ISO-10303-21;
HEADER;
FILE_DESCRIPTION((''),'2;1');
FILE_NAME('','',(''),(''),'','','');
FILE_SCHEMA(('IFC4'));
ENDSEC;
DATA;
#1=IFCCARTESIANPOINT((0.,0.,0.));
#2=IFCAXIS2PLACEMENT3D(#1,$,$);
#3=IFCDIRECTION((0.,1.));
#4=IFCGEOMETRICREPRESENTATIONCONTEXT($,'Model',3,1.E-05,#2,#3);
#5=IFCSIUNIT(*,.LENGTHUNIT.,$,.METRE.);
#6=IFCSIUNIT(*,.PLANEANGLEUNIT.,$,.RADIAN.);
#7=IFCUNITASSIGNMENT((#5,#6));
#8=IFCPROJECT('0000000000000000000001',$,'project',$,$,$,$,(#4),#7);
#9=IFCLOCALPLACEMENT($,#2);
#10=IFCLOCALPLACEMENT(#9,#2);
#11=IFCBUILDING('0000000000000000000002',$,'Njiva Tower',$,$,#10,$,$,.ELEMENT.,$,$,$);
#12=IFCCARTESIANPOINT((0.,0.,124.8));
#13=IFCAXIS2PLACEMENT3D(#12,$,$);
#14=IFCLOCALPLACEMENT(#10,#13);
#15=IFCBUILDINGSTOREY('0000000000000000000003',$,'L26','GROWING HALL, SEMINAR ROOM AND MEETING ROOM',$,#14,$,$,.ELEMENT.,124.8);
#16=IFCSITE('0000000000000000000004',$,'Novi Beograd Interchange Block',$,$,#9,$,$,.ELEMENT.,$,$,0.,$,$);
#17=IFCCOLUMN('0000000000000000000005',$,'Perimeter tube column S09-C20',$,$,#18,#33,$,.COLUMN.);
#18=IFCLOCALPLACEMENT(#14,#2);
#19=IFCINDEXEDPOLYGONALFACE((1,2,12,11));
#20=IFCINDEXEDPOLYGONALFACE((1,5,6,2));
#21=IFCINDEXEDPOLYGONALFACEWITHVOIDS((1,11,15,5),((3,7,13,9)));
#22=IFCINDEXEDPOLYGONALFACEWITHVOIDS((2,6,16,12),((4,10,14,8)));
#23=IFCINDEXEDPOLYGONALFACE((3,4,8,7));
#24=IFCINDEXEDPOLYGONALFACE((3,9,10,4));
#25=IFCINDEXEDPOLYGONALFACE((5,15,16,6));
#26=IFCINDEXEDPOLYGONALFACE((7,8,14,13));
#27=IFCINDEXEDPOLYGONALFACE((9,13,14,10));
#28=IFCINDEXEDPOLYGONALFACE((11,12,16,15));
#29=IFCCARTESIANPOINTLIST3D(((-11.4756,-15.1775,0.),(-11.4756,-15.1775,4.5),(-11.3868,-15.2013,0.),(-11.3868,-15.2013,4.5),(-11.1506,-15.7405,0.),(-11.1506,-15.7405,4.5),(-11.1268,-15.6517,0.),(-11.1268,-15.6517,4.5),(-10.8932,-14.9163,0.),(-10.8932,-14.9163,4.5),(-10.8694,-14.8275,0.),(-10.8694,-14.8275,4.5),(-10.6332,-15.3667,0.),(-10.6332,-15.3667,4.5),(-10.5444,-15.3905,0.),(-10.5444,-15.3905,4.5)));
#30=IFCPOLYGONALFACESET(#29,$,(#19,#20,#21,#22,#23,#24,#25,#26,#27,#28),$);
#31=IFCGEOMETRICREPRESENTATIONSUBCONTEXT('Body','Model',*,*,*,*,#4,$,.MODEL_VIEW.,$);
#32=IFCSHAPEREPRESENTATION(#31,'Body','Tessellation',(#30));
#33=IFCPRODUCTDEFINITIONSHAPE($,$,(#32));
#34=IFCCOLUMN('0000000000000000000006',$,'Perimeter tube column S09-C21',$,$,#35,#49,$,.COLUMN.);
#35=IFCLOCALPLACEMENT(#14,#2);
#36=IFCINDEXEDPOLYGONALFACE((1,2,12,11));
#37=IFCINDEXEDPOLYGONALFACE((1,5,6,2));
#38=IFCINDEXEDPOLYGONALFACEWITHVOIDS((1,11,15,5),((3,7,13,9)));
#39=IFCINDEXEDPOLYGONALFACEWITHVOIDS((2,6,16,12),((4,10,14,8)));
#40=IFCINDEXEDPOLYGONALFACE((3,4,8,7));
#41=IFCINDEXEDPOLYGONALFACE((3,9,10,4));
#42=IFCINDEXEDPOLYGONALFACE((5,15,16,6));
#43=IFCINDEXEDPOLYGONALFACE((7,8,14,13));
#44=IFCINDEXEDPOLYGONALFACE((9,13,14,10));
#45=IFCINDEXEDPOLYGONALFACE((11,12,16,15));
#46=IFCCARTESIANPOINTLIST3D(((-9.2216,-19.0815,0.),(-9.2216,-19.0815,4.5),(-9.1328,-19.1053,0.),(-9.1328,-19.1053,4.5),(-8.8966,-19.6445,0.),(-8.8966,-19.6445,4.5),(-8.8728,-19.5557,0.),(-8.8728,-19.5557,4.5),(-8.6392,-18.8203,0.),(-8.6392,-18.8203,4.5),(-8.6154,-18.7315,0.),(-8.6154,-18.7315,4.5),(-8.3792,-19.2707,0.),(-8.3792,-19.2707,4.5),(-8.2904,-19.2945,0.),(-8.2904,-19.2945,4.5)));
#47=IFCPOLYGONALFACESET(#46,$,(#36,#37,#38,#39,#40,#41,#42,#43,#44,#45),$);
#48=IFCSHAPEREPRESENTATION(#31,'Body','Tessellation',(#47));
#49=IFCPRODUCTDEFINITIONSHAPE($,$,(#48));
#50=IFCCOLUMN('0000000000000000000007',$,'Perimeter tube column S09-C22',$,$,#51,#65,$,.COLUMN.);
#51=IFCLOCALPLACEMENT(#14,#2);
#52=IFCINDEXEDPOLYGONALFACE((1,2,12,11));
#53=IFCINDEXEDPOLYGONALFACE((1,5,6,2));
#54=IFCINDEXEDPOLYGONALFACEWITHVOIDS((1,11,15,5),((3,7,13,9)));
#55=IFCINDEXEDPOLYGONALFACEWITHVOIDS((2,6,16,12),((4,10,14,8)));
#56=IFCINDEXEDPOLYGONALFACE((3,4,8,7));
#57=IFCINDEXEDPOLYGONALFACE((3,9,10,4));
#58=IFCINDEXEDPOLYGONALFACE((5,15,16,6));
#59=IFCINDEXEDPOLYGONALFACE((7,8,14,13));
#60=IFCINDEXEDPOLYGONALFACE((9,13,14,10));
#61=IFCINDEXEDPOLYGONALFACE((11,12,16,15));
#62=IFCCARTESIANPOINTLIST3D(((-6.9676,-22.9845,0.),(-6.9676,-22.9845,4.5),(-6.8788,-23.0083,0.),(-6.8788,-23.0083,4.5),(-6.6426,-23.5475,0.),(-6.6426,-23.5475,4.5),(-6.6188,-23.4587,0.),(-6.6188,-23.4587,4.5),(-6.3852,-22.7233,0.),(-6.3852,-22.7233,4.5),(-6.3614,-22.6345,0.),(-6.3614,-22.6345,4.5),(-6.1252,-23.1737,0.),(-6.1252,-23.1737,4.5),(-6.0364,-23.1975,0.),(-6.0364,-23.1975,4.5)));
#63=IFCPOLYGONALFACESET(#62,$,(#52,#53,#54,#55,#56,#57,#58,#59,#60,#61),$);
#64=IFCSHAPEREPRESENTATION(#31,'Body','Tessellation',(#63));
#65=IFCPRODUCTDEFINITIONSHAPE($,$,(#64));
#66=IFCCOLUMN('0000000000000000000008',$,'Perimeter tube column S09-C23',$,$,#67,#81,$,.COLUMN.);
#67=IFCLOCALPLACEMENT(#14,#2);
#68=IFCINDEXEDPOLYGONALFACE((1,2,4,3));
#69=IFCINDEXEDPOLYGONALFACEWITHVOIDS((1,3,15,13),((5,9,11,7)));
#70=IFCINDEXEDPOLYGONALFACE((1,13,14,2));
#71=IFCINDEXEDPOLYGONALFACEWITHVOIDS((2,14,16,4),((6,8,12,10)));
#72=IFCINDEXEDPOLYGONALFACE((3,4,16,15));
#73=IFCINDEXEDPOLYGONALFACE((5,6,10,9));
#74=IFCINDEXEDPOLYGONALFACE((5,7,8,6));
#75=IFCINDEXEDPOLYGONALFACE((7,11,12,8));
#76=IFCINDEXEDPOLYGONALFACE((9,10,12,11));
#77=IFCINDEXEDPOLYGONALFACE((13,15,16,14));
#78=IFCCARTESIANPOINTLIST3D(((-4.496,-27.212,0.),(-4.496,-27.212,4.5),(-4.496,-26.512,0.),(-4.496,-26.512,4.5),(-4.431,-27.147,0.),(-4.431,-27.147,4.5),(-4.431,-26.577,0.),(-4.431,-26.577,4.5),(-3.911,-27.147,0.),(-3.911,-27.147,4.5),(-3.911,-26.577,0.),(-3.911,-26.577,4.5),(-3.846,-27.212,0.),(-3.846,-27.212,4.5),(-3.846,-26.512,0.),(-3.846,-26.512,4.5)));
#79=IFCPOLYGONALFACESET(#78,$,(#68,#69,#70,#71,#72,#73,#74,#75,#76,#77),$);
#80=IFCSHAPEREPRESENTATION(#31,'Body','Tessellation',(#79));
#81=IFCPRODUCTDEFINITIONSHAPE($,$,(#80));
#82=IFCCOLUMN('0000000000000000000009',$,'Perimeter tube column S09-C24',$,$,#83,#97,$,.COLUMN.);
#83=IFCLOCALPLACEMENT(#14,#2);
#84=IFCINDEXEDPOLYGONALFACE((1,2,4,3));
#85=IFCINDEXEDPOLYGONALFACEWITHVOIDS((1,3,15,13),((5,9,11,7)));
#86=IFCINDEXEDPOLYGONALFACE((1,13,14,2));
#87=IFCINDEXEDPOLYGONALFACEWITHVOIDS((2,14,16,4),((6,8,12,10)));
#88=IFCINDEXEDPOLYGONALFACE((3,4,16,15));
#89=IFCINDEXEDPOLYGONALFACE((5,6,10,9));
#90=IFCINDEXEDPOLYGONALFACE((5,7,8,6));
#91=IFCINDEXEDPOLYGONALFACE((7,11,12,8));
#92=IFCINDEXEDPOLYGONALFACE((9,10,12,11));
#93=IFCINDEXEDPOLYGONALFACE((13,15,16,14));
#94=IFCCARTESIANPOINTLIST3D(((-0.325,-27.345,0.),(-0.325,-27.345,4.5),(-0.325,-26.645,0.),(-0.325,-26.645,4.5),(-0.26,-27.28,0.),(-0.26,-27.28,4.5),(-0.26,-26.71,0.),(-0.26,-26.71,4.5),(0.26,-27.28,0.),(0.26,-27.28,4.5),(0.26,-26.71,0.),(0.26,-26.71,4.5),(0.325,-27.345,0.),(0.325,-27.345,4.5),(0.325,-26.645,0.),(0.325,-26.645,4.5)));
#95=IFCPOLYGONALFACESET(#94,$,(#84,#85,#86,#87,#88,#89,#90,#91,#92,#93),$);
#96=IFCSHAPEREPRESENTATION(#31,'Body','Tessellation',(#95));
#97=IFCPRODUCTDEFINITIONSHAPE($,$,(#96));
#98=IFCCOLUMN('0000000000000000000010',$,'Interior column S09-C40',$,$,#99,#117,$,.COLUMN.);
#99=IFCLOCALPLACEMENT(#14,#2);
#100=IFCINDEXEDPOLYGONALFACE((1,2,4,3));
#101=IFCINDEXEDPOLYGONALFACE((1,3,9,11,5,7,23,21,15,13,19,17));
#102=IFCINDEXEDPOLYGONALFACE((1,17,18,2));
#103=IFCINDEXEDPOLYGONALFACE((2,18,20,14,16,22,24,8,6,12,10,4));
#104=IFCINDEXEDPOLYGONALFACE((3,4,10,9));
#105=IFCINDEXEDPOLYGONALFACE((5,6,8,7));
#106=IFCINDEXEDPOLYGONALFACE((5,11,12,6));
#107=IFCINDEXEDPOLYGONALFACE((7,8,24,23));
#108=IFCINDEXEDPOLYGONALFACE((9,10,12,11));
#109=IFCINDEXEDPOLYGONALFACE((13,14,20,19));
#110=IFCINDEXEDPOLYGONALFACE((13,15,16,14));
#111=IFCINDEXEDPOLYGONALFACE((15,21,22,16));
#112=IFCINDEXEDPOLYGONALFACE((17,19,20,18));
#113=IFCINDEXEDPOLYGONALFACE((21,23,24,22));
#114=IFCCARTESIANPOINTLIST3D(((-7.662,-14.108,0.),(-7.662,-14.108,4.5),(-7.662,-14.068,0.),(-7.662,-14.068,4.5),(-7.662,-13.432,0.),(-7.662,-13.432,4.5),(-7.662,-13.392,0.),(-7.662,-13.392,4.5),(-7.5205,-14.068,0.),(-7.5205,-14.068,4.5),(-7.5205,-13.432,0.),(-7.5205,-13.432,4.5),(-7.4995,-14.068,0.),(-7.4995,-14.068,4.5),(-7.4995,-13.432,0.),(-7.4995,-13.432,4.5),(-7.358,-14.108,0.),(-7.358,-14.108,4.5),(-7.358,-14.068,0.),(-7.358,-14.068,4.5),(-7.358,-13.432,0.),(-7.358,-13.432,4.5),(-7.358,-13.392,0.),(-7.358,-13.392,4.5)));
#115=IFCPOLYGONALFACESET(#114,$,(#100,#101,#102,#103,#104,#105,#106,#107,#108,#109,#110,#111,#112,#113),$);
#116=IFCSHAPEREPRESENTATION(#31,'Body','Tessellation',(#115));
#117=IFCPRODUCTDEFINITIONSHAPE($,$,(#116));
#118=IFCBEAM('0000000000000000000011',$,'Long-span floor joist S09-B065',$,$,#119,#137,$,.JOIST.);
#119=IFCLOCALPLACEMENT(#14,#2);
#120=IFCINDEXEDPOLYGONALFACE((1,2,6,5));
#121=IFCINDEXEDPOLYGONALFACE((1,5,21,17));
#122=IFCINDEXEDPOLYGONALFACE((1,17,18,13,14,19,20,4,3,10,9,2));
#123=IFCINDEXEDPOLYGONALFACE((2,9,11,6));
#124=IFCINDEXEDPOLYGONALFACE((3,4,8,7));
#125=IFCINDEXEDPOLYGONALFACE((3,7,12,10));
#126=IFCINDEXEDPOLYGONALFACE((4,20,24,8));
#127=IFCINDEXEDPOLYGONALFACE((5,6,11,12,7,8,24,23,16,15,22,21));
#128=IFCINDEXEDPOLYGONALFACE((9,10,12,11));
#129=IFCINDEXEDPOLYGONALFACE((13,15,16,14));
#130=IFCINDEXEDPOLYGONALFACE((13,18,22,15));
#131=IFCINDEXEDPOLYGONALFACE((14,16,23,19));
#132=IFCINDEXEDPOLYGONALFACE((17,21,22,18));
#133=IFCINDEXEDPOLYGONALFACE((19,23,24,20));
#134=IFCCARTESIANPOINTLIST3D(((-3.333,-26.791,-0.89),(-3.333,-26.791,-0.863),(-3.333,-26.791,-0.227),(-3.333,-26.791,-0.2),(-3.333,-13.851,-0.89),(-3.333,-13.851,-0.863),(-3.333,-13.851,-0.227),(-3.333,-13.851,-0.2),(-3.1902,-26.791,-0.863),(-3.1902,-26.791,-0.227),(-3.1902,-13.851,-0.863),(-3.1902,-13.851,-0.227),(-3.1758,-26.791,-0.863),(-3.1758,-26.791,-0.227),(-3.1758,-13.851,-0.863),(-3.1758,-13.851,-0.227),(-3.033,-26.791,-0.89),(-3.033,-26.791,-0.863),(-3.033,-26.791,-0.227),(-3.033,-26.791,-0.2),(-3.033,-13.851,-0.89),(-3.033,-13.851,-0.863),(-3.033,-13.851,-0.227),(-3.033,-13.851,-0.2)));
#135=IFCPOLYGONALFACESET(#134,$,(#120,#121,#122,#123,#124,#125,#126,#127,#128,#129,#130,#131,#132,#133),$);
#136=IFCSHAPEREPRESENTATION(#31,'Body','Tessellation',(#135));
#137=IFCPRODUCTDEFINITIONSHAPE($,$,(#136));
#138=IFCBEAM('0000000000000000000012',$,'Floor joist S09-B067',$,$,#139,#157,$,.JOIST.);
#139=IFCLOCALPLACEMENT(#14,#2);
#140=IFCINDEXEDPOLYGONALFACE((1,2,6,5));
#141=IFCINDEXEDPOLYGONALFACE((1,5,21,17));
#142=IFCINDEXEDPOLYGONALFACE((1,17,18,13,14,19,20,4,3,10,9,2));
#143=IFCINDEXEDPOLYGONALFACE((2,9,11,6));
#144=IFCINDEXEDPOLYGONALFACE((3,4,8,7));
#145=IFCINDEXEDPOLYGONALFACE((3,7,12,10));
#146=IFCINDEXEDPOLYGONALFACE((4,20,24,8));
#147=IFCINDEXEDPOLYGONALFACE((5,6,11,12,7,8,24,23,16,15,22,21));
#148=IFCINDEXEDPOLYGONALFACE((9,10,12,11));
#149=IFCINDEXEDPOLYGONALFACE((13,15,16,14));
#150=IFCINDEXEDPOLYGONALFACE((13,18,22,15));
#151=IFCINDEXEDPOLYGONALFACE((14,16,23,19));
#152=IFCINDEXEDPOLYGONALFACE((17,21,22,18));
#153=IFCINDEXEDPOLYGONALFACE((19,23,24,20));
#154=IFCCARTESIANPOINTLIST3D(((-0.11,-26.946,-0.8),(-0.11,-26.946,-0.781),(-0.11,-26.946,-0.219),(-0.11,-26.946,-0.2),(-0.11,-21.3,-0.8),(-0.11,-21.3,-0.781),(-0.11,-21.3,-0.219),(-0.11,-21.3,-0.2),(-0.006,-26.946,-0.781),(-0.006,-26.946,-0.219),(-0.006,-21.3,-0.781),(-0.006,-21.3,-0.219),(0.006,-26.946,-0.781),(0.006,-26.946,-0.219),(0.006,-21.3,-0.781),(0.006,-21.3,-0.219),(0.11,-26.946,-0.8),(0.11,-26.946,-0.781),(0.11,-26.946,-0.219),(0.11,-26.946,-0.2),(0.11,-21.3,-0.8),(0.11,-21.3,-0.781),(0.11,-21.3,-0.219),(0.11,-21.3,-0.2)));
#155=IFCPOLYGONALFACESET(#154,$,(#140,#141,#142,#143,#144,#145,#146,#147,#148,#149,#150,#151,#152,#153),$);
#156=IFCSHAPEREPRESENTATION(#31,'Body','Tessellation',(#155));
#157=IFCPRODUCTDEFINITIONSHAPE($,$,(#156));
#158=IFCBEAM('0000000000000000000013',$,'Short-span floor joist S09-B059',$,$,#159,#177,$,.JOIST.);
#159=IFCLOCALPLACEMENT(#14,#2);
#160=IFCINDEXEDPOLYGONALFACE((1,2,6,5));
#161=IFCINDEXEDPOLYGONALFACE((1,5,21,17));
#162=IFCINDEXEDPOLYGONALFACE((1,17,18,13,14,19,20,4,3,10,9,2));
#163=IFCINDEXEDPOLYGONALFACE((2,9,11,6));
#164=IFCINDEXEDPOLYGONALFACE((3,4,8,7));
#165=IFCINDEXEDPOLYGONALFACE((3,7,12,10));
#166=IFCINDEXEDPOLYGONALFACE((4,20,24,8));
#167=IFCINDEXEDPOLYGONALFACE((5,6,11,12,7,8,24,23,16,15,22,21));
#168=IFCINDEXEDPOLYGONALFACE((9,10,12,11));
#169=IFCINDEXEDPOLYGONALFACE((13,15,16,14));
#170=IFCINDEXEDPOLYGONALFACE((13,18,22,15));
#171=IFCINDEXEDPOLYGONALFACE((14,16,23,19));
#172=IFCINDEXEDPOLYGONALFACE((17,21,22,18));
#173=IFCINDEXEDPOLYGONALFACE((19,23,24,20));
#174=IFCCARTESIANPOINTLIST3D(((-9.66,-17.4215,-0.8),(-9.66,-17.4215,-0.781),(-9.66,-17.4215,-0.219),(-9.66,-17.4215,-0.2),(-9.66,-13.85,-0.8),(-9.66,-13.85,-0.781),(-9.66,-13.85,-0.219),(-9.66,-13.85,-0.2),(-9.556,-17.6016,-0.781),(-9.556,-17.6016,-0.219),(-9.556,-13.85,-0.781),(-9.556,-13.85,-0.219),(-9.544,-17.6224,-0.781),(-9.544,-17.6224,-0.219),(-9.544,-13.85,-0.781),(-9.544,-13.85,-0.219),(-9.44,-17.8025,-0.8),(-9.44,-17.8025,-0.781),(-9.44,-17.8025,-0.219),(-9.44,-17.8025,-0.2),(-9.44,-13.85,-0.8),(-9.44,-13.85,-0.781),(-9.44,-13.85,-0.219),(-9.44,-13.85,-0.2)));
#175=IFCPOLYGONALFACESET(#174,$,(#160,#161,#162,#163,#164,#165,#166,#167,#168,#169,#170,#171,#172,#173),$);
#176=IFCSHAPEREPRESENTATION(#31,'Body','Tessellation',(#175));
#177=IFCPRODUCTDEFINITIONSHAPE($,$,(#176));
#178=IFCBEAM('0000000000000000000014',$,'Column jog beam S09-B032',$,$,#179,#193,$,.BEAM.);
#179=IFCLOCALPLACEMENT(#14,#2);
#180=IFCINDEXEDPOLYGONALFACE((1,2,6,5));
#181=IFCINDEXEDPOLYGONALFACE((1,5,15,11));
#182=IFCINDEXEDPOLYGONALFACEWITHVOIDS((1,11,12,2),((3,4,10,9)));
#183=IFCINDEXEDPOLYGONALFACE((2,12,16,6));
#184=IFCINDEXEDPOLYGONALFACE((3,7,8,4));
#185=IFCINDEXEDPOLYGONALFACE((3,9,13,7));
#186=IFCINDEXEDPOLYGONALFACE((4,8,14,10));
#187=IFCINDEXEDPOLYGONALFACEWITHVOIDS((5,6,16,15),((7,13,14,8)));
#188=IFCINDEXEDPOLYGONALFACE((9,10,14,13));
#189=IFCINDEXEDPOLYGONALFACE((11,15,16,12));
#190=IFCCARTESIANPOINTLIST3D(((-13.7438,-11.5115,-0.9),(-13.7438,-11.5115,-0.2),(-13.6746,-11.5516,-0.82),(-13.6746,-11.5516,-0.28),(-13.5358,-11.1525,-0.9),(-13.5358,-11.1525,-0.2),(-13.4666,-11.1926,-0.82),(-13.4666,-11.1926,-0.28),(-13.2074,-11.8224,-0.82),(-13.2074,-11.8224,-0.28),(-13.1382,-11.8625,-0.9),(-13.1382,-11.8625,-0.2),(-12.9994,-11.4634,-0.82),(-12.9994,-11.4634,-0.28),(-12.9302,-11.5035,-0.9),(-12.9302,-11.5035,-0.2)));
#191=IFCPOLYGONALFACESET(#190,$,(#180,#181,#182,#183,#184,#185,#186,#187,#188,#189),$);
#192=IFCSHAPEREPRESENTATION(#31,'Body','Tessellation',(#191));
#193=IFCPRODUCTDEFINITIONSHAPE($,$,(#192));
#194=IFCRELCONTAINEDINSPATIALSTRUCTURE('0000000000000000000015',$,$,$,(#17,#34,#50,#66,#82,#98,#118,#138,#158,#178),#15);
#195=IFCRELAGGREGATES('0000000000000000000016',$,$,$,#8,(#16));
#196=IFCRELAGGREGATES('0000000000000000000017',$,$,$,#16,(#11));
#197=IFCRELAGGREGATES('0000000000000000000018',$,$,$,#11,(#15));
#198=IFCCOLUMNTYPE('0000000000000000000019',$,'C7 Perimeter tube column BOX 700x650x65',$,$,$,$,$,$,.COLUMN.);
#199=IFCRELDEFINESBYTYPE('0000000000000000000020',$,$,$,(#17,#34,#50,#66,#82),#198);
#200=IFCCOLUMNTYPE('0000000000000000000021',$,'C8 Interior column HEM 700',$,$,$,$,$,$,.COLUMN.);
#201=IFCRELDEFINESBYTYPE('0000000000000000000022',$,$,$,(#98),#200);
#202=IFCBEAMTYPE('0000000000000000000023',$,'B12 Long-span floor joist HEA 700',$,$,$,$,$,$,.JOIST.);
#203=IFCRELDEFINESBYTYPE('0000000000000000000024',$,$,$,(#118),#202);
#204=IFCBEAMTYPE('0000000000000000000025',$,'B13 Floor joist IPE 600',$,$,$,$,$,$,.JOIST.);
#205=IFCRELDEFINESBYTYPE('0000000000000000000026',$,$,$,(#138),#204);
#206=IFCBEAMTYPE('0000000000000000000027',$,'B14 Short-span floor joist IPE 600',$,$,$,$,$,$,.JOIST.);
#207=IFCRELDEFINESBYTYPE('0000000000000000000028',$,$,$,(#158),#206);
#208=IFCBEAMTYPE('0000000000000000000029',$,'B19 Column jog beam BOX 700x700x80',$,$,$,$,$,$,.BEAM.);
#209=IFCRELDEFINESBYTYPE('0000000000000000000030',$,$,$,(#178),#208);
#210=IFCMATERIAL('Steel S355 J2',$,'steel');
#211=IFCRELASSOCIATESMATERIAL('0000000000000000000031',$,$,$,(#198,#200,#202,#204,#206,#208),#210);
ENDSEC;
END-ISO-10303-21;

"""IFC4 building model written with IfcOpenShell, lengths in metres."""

from ifc_helpers import new_model, si_unit, direction, frame, origin, origin_2d, place, context, subcontext, project, spatial, hollow_rectangle, i_section, extrude, clip, halfspace, material, material_profile, profile_set, type_object, element, save


model = new_model("IFC4")

# Units and contexts
model_context = context("Model", 3, precision=1e-05, world=origin(), true_north=direction((0.0, 1.0)))
body_context = subcontext(model_context, "Body", "Model", "MODEL_VIEW")
ifc_project = project(units=[si_unit("LENGTHUNIT", "METRE"), si_unit("PLANEANGLEUNIT", "RADIAN")], contexts=[model_context])

# Site, building, storey
site_placement = place(None, origin())
site = spatial("IfcSite", under=ifc_project, at=site_placement, Name="Novi Beograd Interchange Block", CompositionType="ELEMENT", RefElevation=0.0)
building_placement = place(site_placement, origin())
building = spatial("IfcBuilding", under=site, at=building_placement, Name="Njiva Tower", CompositionType="ELEMENT")
storey_placement = place(building_placement, frame((0.0, 0.0, 124.8)))
storey = spatial("IfcBuildingStorey", under=building, at=storey_placement, Name="L26", Description="GROWING HALL, SEMINAR ROOM AND MEETING ROOM", CompositionType="ELEMENT", Elevation=124.8)

# Columns
ifc_material_1 = material(Name="Steel S355 J2", Category="steel")
ifc_material_profile_1 = material_profile(ifc_material_1, hollow_rectangle(XDim=0.65, YDim=0.7, WallThickness=0.065, at=origin_2d()), Name="BOX 700x650x65")
ifc_profile_set_1 = profile_set([ifc_material_profile_1], Name="Steel S355 J2")
column_type_1 = type_object("IfcColumnType", Name="C7 Perimeter tube column BOX 700x650x65", PredefinedType="COLUMN", material=ifc_profile_set_1)
for number, where, z_axis, x_axis, name in (
    (1, (-11.01, -15.284, 0.0), (0.0, 0.0, 1.0), (0.5, -0.866025, 0.0), "Perimeter tube column S09-C20"),
    (2, (-8.756, -19.188, 0.0), (0.0, 0.0, 1.0), (0.5, -0.866025, 0.0), "Perimeter tube column S09-C21"),
    (3, (-6.502, -23.091, 0.0), (0.0, 0.0, 1.0), (0.5, -0.866025, 0.0), "Perimeter tube column S09-C22"),
    (4, (-4.171, -26.862, 0.0), (0.0, 0.0, 1.0), (1.0, 0.0, 0.0), "Perimeter tube column S09-C23"),
    (5, (0.0, -26.995, 0.0), (0.0, 0.0, 1.0), (1.0, 0.0, 0.0), "Perimeter tube column S09-C24"),
):
    element("IfcColumn", number, at=place(storey_placement, frame(where, z_axis=z_axis, x_axis=x_axis)), inside=storey, type_object=column_type_1, Name=name, PredefinedType="COLUMN", context=body_context, shape_type="SweptSolid", body=[
        extrude(hollow_rectangle(XDim=0.65, YDim=0.7, WallThickness=0.065, at=origin_2d()), origin(), (0.0, 0.0, 1.0), 4.5),
    ])
ifc_material_profile_2 = material_profile(ifc_material_1, i_section(OverallWidth=0.304, OverallDepth=0.716, WebThickness=0.021, FlangeThickness=0.04, at=origin_2d()), Name="HEM 700")
ifc_profile_set_2 = profile_set([ifc_material_profile_2], Name="Steel S355 J2")
column_type_2 = type_object("IfcColumnType", Name="C8 Interior column HEM 700", PredefinedType="COLUMN", material=ifc_profile_set_2)
column_placement = place(storey_placement, frame((-7.51, -13.75, 0.0), z_axis=(0.0, 0.0, 1.0), x_axis=(1.0, 0.0, 0.0)))
element("IfcColumn", 6, at=column_placement, inside=storey, type_object=column_type_2, Name="Interior column S09-C40", PredefinedType="COLUMN", context=body_context, shape_type="SweptSolid", body=[
    extrude(i_section(OverallWidth=0.304, OverallDepth=0.716, WebThickness=0.021, FlangeThickness=0.04, at=origin_2d()), origin(), (0.0, 0.0, 1.0), 4.5),
])

# Beams
ifc_material_profile_3 = material_profile(ifc_material_1, i_section(OverallWidth=0.3, OverallDepth=0.69, WebThickness=0.0145, FlangeThickness=0.027, at=origin_2d()), Name="HEA 700")
ifc_profile_set_3 = profile_set([ifc_material_profile_3], Name="Steel S355 J2")
beam_type_1 = type_object("IfcBeamType", Name="B12 Long-span floor joist HEA 700", PredefinedType="JOIST", material=ifc_profile_set_3)
beam_1_placement = place(storey_placement, frame((-3.183, -13.851, -0.545), z_axis=(0.0, -1.0, 0.0), x_axis=(1.0, 0.0, 0.0)))
element("IfcBeam", 7, at=beam_1_placement, inside=storey, type_object=beam_type_1, Name="Long-span floor joist S09-B065", PredefinedType="JOIST", context=body_context, shape_type="SweptSolid", body=[
    extrude(i_section(OverallWidth=0.3, OverallDepth=0.69, WebThickness=0.0145, FlangeThickness=0.027, at=origin_2d()), origin(), (0.0, 0.0, 1.0), 12.94),
])
ifc_material_profile_4 = material_profile(ifc_material_1, i_section(OverallWidth=0.22, OverallDepth=0.6, WebThickness=0.012, FlangeThickness=0.019, at=origin_2d()), Name="IPE 600")
ifc_profile_set_4 = profile_set([ifc_material_profile_4], Name="Steel S355 J2")
beam_type_2 = type_object("IfcBeamType", Name="B13 Floor joist IPE 600", PredefinedType="JOIST", material=ifc_profile_set_4)
beam_2_placement = place(storey_placement, frame((0.0, -21.3, -0.5), z_axis=(0.0, -1.0, 0.0), x_axis=(1.0, 0.0, 0.0)))
element("IfcBeam", 8, at=beam_2_placement, inside=storey, type_object=beam_type_2, Name="Floor joist S09-B067", PredefinedType="JOIST", context=body_context, shape_type="SweptSolid", body=[
    extrude(i_section(OverallWidth=0.22, OverallDepth=0.6, WebThickness=0.012, FlangeThickness=0.019, at=origin_2d()), origin(), (0.0, 0.0, 1.0), 5.646),
])
ifc_material_profile_5 = material_profile(ifc_material_1, i_section(OverallWidth=0.22, OverallDepth=0.6, WebThickness=0.012, FlangeThickness=0.019, at=origin_2d()), Name="IPE 600")
ifc_profile_set_5 = profile_set([ifc_material_profile_5], Name="Steel S355 J2")
beam_type_3 = type_object("IfcBeamType", Name="B14 Short-span floor joist IPE 600", PredefinedType="JOIST", material=ifc_profile_set_5)
beam_3_placement = place(storey_placement, frame((-9.55, -13.85, -0.5), z_axis=(0.0, -1.0, 0.0), x_axis=(1.0, 0.0, 0.0)))
element("IfcBeam", 9, at=beam_3_placement, inside=storey, type_object=beam_type_3, Name="Short-span floor joist S09-B059", PredefinedType="JOIST", context=body_context, shape_type="Clipping", body=[
    clip(extrude(i_section(OverallWidth=0.22, OverallDepth=0.6, WebThickness=0.012, FlangeThickness=0.019, at=origin_2d()), origin(), (0.0, 0.0, 1.0), 3.973), halfspace(frame((-0.0433, 0.0, 3.687), z_axis=(-0.866027, 0.0, 0.499998), x_axis=(0.0, 1.0, 0.0)), False)),
])
ifc_material_profile_6 = material_profile(ifc_material_1, hollow_rectangle(XDim=0.7, YDim=0.7, WallThickness=0.08, at=origin_2d()), Name="BOX 700x700x80")
ifc_profile_set_6 = profile_set([ifc_material_profile_6], Name="Steel S355 J2")
beam_type_4 = type_object("IfcBeamType", Name="B19 Column jog beam BOX 700x700x80", PredefinedType="BEAM", material=ifc_profile_set_6)
beam_4_placement = place(storey_placement, frame((-13.441, -11.687, -0.55), z_axis=(0.501321, 0.865261, 0.0), x_axis=(-0.865261, 0.501321, 0.0)))
element("IfcBeam", 10, at=beam_4_placement, inside=storey, type_object=beam_type_4, Name="Column jog beam S09-B032", PredefinedType="BEAM", context=body_context, shape_type="SweptSolid", body=[
    extrude(hollow_rectangle(XDim=0.7, YDim=0.7, WallThickness=0.08, at=origin_2d()), origin(), (0.0, 0.0, 1.0), 0.4149),
])

save(model, "model.ifc")
